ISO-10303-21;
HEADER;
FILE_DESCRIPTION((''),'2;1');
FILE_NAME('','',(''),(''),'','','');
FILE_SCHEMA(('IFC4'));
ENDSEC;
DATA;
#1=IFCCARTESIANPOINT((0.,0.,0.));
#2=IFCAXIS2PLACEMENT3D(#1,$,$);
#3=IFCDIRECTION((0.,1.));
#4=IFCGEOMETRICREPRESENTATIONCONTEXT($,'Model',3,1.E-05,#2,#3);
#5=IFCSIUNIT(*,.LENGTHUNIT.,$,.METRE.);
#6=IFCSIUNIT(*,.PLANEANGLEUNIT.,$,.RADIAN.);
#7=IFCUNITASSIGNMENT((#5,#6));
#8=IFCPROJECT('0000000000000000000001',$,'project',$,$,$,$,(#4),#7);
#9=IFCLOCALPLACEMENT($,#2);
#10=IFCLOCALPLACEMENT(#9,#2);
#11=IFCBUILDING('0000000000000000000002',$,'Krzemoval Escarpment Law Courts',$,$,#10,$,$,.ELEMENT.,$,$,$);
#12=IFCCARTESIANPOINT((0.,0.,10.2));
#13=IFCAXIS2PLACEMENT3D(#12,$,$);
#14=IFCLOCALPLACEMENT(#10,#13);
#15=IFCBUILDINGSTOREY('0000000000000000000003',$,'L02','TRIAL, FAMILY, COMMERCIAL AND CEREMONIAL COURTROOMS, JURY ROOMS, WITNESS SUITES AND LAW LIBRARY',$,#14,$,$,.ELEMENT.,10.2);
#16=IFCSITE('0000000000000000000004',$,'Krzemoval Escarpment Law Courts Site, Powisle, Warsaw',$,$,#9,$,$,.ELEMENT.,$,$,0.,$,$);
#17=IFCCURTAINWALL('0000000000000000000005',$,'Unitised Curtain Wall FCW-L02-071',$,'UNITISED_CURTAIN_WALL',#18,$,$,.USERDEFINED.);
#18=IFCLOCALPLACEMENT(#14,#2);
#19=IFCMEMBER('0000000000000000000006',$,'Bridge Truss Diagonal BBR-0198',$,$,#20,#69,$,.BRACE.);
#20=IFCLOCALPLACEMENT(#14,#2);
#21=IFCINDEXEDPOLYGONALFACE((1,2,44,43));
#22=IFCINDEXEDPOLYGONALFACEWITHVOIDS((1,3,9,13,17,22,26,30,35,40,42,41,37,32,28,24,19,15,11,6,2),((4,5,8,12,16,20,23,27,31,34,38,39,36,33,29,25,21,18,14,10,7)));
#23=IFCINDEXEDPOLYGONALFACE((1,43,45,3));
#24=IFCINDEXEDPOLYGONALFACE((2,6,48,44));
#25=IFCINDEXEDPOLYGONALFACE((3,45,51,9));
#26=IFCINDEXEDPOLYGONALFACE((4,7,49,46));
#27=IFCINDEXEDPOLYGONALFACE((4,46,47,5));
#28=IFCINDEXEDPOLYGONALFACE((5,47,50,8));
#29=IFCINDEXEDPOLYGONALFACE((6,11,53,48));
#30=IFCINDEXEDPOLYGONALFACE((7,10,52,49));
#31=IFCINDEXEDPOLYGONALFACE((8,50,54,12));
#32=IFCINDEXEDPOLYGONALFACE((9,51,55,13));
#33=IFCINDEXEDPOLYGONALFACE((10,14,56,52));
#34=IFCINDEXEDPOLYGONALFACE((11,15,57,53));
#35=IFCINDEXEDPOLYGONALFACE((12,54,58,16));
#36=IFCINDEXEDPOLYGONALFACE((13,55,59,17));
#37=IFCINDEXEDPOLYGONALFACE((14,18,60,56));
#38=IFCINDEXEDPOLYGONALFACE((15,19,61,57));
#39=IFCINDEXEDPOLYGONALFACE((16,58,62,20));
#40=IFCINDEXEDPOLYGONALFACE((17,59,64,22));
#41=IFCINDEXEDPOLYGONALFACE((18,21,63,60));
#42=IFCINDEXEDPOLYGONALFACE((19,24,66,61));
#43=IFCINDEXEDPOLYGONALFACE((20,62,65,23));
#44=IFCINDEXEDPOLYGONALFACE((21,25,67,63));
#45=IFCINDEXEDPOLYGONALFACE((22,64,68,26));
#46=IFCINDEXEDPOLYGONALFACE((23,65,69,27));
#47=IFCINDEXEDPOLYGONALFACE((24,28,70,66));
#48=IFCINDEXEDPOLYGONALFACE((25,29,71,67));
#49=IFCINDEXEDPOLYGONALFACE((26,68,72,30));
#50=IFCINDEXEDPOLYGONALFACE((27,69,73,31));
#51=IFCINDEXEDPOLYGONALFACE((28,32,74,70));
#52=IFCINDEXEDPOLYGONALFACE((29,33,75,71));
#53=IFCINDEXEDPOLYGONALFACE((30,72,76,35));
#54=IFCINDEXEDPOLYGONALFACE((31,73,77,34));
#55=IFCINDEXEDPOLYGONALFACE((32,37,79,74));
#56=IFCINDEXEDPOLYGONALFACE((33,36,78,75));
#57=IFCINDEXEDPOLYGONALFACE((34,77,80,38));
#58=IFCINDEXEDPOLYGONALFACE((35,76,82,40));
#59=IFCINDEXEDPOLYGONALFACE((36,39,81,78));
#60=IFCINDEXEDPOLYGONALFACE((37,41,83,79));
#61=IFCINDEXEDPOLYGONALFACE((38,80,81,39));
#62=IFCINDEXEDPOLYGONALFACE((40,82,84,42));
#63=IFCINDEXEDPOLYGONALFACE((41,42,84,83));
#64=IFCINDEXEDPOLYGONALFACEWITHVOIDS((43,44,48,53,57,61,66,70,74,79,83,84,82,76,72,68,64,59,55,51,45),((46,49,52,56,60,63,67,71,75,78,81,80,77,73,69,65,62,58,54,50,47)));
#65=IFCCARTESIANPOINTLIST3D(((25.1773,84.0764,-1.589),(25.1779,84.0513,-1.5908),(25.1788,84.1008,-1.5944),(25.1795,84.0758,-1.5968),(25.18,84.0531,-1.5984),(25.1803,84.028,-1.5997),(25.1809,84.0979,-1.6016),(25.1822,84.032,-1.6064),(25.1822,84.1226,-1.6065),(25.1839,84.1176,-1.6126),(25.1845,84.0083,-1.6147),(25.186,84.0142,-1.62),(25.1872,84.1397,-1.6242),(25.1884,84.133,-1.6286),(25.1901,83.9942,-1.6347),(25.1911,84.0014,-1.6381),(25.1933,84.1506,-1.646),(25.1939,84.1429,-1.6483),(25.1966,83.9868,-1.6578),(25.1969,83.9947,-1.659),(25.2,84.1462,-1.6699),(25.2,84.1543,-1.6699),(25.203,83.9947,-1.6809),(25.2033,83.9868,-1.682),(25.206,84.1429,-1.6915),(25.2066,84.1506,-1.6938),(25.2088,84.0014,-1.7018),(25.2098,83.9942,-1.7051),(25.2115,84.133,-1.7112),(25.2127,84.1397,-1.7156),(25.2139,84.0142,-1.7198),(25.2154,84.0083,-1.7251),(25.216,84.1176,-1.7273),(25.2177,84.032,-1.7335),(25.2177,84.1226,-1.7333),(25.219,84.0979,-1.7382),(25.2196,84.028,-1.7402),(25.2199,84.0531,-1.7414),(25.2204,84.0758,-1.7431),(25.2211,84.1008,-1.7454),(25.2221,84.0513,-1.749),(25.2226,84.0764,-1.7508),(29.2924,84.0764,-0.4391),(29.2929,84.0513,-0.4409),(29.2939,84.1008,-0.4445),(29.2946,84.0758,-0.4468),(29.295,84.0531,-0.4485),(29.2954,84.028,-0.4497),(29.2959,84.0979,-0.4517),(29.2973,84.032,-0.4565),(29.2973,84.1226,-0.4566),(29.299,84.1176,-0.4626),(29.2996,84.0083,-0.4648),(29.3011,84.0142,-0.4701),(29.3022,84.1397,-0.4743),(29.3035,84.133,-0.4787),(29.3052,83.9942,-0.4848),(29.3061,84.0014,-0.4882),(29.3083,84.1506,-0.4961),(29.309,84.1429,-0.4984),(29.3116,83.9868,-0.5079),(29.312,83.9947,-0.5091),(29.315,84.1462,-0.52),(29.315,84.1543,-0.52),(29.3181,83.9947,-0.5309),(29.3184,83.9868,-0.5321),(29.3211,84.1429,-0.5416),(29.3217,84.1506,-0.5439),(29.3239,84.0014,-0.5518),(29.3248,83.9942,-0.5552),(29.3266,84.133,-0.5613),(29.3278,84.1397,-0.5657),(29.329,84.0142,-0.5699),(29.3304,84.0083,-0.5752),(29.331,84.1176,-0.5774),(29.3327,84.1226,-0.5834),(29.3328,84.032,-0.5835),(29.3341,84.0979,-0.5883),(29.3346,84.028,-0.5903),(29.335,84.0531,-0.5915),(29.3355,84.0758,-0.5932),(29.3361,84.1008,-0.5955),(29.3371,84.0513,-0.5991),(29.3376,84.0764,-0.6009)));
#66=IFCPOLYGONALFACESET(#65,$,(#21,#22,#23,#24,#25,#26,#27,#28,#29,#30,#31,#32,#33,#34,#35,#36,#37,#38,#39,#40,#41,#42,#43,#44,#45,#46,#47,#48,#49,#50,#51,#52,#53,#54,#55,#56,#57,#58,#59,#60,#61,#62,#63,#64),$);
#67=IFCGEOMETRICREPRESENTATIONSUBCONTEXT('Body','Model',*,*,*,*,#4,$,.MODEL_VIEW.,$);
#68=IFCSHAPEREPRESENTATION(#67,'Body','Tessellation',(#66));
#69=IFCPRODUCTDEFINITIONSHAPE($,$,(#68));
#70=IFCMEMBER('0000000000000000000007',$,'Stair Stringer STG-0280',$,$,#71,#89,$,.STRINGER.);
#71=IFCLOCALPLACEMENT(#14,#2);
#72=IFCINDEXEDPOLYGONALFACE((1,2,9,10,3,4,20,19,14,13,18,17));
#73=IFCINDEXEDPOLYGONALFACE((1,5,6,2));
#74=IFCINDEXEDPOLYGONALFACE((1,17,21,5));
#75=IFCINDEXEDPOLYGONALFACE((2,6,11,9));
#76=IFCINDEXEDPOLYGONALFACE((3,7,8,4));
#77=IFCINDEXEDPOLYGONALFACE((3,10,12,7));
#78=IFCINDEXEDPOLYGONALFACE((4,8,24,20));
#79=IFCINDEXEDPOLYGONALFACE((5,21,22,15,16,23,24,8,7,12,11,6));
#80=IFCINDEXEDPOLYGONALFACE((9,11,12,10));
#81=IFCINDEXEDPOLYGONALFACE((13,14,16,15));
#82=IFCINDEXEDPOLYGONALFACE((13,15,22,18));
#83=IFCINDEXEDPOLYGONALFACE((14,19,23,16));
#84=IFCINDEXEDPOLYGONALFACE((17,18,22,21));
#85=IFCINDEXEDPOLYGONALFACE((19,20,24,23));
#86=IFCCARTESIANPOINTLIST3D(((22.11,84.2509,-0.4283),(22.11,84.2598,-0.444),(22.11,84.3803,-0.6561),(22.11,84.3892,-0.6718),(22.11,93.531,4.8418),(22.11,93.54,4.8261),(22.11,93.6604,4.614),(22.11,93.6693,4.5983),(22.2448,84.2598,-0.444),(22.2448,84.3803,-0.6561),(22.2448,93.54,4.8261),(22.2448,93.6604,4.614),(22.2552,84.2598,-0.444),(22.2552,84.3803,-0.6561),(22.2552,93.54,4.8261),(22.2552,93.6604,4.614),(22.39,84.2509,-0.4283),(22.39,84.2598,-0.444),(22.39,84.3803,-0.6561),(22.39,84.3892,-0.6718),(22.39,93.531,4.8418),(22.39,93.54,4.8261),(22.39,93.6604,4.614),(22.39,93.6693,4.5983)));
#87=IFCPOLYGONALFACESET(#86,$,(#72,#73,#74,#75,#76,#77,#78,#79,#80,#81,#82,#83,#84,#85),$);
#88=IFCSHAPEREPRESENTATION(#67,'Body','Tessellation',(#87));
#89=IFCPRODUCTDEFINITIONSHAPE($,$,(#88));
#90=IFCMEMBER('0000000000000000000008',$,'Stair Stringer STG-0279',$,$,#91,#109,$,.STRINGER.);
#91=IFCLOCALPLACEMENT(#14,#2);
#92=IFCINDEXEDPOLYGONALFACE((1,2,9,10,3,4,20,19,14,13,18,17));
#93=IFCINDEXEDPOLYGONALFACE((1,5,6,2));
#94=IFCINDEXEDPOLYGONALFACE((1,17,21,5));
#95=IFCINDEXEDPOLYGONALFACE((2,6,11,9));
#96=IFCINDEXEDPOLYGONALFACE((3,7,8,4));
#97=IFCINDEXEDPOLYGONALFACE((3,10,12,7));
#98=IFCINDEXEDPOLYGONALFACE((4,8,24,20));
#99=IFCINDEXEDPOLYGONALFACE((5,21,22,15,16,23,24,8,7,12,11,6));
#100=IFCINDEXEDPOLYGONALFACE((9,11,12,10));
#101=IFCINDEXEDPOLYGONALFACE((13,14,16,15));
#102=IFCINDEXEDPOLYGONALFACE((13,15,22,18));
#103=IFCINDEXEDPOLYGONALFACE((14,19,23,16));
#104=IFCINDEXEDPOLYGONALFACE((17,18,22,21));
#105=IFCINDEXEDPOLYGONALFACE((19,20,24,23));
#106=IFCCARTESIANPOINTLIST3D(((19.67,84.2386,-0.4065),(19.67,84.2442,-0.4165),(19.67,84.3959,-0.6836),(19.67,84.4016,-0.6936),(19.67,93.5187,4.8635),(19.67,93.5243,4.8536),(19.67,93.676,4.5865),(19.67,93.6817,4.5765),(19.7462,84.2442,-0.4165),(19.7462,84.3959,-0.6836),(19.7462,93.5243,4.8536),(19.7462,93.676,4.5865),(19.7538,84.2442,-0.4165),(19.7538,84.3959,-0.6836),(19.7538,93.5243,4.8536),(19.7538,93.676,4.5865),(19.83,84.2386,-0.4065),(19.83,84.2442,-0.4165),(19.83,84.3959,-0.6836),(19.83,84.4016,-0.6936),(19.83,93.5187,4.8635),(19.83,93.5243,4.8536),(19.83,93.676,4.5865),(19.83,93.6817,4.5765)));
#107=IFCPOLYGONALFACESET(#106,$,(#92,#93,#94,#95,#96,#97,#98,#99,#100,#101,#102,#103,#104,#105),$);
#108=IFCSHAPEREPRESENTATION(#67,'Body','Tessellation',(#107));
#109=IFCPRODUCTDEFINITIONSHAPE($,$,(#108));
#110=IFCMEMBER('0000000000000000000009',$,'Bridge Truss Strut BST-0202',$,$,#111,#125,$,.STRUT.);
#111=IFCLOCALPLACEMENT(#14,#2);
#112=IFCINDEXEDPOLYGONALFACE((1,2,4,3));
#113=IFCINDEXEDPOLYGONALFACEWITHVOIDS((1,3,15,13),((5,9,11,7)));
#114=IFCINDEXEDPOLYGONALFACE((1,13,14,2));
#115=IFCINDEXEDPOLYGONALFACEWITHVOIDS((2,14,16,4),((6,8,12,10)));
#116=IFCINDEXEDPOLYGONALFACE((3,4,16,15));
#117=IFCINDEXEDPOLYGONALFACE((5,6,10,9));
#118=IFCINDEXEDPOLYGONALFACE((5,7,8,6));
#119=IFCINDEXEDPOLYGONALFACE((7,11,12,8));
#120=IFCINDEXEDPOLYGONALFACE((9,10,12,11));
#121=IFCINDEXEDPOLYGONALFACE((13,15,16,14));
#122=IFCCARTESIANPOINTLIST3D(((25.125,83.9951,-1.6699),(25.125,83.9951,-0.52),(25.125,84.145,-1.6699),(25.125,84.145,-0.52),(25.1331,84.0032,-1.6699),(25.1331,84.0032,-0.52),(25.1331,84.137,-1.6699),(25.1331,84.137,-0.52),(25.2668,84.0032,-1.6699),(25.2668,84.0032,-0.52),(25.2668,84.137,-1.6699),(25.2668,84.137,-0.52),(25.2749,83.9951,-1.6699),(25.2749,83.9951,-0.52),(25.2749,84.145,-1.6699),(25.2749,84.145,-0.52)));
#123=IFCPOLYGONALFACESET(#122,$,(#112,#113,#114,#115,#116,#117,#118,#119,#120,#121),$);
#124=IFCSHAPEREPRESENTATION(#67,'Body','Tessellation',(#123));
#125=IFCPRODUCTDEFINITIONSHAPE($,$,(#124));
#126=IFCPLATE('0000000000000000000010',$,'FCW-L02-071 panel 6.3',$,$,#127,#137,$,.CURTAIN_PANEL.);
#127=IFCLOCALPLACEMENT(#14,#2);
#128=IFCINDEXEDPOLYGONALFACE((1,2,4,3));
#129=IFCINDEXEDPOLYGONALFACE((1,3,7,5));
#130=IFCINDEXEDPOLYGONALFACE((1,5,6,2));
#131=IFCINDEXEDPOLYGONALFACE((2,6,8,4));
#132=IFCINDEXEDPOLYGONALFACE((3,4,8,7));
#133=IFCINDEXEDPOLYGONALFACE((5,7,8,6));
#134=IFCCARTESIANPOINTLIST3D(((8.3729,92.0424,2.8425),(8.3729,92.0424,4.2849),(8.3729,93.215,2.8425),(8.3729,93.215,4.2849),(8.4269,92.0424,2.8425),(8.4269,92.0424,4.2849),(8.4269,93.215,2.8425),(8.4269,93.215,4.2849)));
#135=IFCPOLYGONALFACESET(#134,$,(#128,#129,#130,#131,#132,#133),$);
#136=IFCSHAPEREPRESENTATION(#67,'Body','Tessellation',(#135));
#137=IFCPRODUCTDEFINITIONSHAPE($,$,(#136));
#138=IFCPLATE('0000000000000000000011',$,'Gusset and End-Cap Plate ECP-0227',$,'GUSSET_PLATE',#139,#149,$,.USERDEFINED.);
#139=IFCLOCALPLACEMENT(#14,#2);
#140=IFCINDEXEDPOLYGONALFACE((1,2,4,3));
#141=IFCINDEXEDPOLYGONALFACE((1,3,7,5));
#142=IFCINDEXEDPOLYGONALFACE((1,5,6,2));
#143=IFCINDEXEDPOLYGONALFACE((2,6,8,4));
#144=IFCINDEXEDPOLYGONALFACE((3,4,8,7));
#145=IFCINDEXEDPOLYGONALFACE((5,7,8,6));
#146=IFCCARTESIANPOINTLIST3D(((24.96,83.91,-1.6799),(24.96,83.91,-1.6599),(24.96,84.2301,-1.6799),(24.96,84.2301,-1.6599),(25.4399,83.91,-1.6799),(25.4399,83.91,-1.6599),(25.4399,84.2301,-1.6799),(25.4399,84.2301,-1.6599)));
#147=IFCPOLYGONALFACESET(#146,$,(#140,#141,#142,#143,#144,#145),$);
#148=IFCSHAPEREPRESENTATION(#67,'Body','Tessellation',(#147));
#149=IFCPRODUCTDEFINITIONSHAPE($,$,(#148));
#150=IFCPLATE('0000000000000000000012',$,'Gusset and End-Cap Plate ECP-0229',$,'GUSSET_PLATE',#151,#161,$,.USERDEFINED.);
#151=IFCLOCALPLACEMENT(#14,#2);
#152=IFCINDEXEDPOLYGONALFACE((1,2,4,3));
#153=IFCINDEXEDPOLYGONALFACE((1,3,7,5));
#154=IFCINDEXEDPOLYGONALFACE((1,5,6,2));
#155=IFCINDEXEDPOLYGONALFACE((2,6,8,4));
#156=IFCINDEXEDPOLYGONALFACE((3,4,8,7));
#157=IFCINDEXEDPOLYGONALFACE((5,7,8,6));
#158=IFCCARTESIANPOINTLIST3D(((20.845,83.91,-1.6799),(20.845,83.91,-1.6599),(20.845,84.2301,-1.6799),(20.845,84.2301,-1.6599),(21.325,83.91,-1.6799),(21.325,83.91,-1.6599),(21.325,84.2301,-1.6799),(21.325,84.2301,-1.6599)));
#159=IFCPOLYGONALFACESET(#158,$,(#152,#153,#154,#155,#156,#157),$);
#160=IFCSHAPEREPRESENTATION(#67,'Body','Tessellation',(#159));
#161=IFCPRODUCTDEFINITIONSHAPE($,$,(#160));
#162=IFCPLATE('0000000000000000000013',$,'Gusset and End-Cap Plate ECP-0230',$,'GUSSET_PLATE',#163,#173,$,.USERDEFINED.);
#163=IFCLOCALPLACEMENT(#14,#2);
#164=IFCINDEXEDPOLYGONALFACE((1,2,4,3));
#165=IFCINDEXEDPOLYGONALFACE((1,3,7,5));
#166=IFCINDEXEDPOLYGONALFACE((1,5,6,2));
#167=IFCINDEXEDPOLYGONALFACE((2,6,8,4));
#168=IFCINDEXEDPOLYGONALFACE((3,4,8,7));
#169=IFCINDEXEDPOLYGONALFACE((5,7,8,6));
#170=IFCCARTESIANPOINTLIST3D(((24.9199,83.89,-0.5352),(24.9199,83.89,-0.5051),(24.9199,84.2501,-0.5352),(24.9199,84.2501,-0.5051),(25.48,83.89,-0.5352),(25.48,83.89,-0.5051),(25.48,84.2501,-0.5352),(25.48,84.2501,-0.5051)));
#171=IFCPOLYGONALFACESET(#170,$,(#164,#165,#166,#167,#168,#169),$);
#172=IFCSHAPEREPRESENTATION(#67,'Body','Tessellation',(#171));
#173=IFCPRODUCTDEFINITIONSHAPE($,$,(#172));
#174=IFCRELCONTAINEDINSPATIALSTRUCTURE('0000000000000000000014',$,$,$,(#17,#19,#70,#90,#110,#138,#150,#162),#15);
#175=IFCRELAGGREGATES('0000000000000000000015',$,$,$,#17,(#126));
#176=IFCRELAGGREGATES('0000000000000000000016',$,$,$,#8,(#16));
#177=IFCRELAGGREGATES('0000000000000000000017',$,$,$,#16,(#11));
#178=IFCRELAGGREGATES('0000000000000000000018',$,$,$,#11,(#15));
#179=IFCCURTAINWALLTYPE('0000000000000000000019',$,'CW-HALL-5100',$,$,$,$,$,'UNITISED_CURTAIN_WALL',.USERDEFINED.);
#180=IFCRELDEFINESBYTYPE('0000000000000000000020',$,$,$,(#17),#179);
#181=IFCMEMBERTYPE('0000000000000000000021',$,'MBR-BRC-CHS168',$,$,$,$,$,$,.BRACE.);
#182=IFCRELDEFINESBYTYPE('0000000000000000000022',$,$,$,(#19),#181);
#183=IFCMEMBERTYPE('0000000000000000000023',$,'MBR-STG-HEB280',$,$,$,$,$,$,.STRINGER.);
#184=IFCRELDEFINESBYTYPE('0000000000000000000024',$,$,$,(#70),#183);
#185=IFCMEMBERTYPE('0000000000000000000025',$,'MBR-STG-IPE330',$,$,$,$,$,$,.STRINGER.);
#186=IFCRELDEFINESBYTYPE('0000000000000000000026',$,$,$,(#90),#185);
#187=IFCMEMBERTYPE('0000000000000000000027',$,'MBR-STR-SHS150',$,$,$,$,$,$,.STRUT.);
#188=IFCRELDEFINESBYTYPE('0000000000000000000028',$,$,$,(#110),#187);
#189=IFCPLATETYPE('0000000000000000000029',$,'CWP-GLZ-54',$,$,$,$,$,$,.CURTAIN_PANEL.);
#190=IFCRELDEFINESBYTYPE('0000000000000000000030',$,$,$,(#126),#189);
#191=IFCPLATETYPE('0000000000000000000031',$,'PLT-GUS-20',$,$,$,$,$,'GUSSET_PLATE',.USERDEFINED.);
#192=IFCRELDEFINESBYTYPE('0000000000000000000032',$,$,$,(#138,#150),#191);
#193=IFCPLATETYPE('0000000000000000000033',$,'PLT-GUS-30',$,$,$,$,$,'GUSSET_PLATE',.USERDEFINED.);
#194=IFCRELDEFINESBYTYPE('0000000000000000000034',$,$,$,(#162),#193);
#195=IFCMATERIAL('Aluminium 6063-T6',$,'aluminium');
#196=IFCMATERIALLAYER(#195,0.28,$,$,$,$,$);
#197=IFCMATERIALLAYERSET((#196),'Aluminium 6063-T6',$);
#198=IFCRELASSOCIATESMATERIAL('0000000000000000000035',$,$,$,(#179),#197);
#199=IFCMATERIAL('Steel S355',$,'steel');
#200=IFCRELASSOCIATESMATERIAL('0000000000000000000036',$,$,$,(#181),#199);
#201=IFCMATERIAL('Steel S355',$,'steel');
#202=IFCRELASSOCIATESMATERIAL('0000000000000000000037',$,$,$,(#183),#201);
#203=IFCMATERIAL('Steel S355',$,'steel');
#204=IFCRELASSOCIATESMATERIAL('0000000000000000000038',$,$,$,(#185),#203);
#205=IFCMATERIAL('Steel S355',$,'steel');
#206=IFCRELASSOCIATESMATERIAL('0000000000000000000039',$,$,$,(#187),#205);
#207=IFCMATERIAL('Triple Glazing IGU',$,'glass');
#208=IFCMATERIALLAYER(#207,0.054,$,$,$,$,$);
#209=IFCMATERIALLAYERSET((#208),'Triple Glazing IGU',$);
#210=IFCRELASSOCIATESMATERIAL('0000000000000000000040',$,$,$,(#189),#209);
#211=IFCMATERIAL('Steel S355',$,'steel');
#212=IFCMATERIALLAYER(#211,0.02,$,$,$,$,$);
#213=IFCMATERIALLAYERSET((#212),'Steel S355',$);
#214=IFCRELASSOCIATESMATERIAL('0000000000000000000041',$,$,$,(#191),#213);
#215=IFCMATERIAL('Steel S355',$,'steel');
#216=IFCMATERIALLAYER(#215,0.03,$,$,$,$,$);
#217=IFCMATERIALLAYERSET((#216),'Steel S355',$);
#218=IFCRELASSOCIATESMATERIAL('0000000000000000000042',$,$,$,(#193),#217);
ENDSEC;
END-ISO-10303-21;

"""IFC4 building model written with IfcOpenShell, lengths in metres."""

from ifc_helpers import new_model, si_unit, direction, frame, origin, origin_2d, place, context, subcontext, project, spatial, rectangle, hollow_rectangle, hollow_circle, i_section, extrude, material, layer, layer_set, material_profile, profile_set, type_object, element, aggregate, save


model = new_model("IFC4")

# Units and contexts
model_context = context("Model", 3, precision=1e-05, world=origin(), true_north=direction((0.0, 1.0)))
body_context = subcontext(model_context, "Body", "Model", "MODEL_VIEW")
ifc_project = project(units=[si_unit("LENGTHUNIT", "METRE"), si_unit("PLANEANGLEUNIT", "RADIAN")], contexts=[model_context])

# Site, building, storey
site_placement = place(None, origin())
site = spatial("IfcSite", under=ifc_project, at=site_placement, Name="Krzemoval Escarpment Law Courts Site, Powisle, Warsaw", CompositionType="ELEMENT", RefElevation=0.0)
building_placement = place(site_placement, origin())
building = spatial("IfcBuilding", under=site, at=building_placement, Name="Krzemoval Escarpment Law Courts", CompositionType="ELEMENT")
storey_placement = place(building_placement, frame((0.0, 0.0, 10.2)))
storey = spatial("IfcBuildingStorey", under=building, at=storey_placement, Name="L02", Description="TRIAL, FAMILY, COMMERCIAL AND CEREMONIAL COURTROOMS, JURY ROOMS, WITNESS SUITES AND LAW LIBRARY", CompositionType="ELEMENT", Elevation=10.2)

# Curtain wall
ifc_material_1 = material(Name="Aluminium 6063-T6", Category="aluminium")
ifc_layer_1 = layer(ifc_material_1, 0.28)
ifc_layer_set_1 = layer_set([ifc_layer_1], Name="Aluminium 6063-T6")
curtain_wall_type = type_object("IfcCurtainWallType", Name="CW-HALL-5100", ElementType="UNITISED_CURTAIN_WALL", PredefinedType="USERDEFINED", material=ifc_layer_set_1)
curtain_wall_placement = place(storey_placement, origin())
curtain_wall = element("IfcCurtainWall", 1, at=curtain_wall_placement, inside=storey, type_object=curtain_wall_type, Name="Unitised Curtain Wall FCW-L02-071", ObjectType="UNITISED_CURTAIN_WALL", PredefinedType="USERDEFINED")

# Members
ifc_material_2 = material(Name="Steel S355", Category="steel")
ifc_material_profile_1 = material_profile(ifc_material_2, hollow_circle(Radius=0.0842, WallThickness=0.0081, at=origin_2d()), Name="CHS 168.3x8")
ifc_profile_set_1 = profile_set([ifc_material_profile_1], Name="Steel S355")
member_type_1 = type_object("IfcMemberType", Name="MBR-BRC-CHS168", PredefinedType="BRACE", material=ifc_profile_set_1)
member_1_placement = place(storey_placement, frame((25.2, 84.0701, -1.6699), z_axis=(0.963103, 0.0, 0.269132), x_axis=(0.0, 1.0, 0.0)))
element("IfcMember", 2, at=member_1_placement, inside=storey, type_object=member_type_1, Name="Bridge Truss Diagonal BBR-0198", PredefinedType="BRACE", context=body_context, shape_type="SweptSolid", body=[
    extrude(hollow_circle(Radius=0.0842, WallThickness=0.0081, at=origin_2d()), origin(), (0.0, 0.0, 1.0), 4.2727),
])
ifc_material_3 = material(Name="Steel S355", Category="steel")
ifc_material_profile_2 = material_profile(ifc_material_3, i_section(OverallWidth=0.28, OverallDepth=0.28, WebThickness=0.0105, FlangeThickness=0.0181, at=origin_2d()), Name="HEB 280")
ifc_profile_set_2 = profile_set([ifc_material_profile_2], Name="Steel S355")
member_type_2 = type_object("IfcMemberType", Name="MBR-STG-HEB280", PredefinedType="STRINGER", material=ifc_profile_set_2)
member_2_placement = place(storey_placement, frame((22.25, 84.3201, -0.55), z_axis=(0.0, 0.869566, 0.493816), x_axis=(-1.0, 0.0, 0.0)))
element("IfcMember", 3, at=member_2_placement, inside=storey, type_object=member_type_2, Name="Stair Stringer STG-0280", PredefinedType="STRINGER", context=body_context, shape_type="SweptSolid", body=[
    extrude(i_section(OverallWidth=0.28, OverallDepth=0.28, WebThickness=0.0105, FlangeThickness=0.0181, at=origin_2d()), origin(), (0.0, 0.0, 1.0), 10.6721),
])
ifc_material_4 = material(Name="Steel S355", Category="steel")
ifc_material_profile_3 = material_profile(ifc_material_4, i_section(OverallWidth=0.1599, OverallDepth=0.3301, WebThickness=0.0076, FlangeThickness=0.0115, at=origin_2d()), Name="IPE 330")
ifc_profile_set_3 = profile_set([ifc_material_profile_3], Name="Steel S355")
member_type_3 = type_object("IfcMemberType", Name="MBR-STG-IPE330", PredefinedType="STRINGER", material=ifc_profile_set_3)
member_3_placement = place(storey_placement, frame((19.75, 84.3201, -0.55), z_axis=(0.0, 0.869566, 0.493816), x_axis=(-1.0, 0.0, 0.0)))
element("IfcMember", 4, at=member_3_placement, inside=storey, type_object=member_type_3, Name="Stair Stringer STG-0279", PredefinedType="STRINGER", context=body_context, shape_type="SweptSolid", body=[
    extrude(i_section(OverallWidth=0.1599, OverallDepth=0.3301, WebThickness=0.0076, FlangeThickness=0.0115, at=origin_2d()), origin(), (0.0, 0.0, 1.0), 10.6721),
])
ifc_material_5 = material(Name="Steel S355", Category="steel")
ifc_material_profile_4 = material_profile(ifc_material_5, hollow_rectangle(XDim=0.1499, YDim=0.1499, WallThickness=0.0081, at=origin_2d()), Name="SHS 150x150x8")
ifc_profile_set_4 = profile_set([ifc_material_profile_4], Name="Steel S355")
member_type_4 = type_object("IfcMemberType", Name="MBR-STR-SHS150", PredefinedType="STRUT", material=ifc_profile_set_4)
member_4_placement = place(storey_placement, frame((25.2, 84.0701, -1.6699), z_axis=(0.0, 0.0, 1.0), x_axis=(1.0, 0.0, 0.0)))
element("IfcMember", 5, at=member_4_placement, inside=storey, type_object=member_type_4, Name="Bridge Truss Strut BST-0202", PredefinedType="STRUT", context=body_context, shape_type="SweptSolid", body=[
    extrude(hollow_rectangle(XDim=0.1499, YDim=0.1499, WallThickness=0.0081, at=origin_2d()), origin(), (0.0, 0.0, 1.0), 1.1499),
])

# Plate
ifc_material_6 = material(Name="Triple Glazing IGU", Category="glass")
ifc_layer_2 = layer(ifc_material_6, 0.054)
ifc_layer_set_2 = layer_set([ifc_layer_2], Name="Triple Glazing IGU")
plate_type_1 = type_object("IfcPlateType", Name="CWP-GLZ-54", PredefinedType="CURTAIN_PANEL", material=ifc_layer_set_2)
plate_1_placement = place(storey_placement, frame((8.3999, 92.6287, 2.8425), z_axis=(0.0, 0.0, 1.0), x_axis=(0.0, 1.0, 0.0)))
plate_1 = element("IfcPlate", 6, at=plate_1_placement, type_object=plate_type_1, Name="FCW-L02-071 panel 6.3", PredefinedType="CURTAIN_PANEL", context=body_context, shape_type="SweptSolid", body=[
    extrude(rectangle(XDim=1.1726, YDim=0.054, at=origin_2d()), origin(), (0.0, 0.0, 1.0), 1.4424),
])
aggregate(curtain_wall, [plate_1])

# Plates
ifc_material_7 = material(Name="Steel S355", Category="steel")
ifc_layer_3 = layer(ifc_material_7, 0.02)
ifc_layer_set_3 = layer_set([ifc_layer_3], Name="Steel S355")
plate_type_2 = type_object("IfcPlateType", Name="PLT-GUS-20", ElementType="GUSSET_PLATE", PredefinedType="USERDEFINED", material=ifc_layer_set_3)
for number, where, z_axis, x_axis, name in (
    (7, (25.2, 84.0701, -1.6799), (0.0, 0.0, 1.0), (1.0, 0.0, 0.0), "Gusset and End-Cap Plate ECP-0227"),
    (8, (21.085, 84.0701, -1.6799), (0.0, 0.0, 1.0), (1.0, 0.0, 0.0), "Gusset and End-Cap Plate ECP-0229"),
):
    element("IfcPlate", number, at=place(storey_placement, frame(where, z_axis=z_axis, x_axis=x_axis)), inside=storey, type_object=plate_type_2, Name=name, ObjectType="GUSSET_PLATE", PredefinedType="USERDEFINED", context=body_context, shape_type="SweptSolid", body=[
        extrude(rectangle(XDim=0.48, YDim=0.3201, at=origin_2d()), origin(), (0.0, 0.0, 1.0), 0.02),
    ])
ifc_material_8 = material(Name="Steel S355", Category="steel")
ifc_layer_4 = layer(ifc_material_8, 0.03)
ifc_layer_set_4 = layer_set([ifc_layer_4], Name="Steel S355")
plate_type_3 = type_object("IfcPlateType", Name="PLT-GUS-30", ElementType="GUSSET_PLATE", PredefinedType="USERDEFINED", material=ifc_layer_set_4)
plate_2_placement = place(storey_placement, frame((25.2, 84.0701, -0.5352), z_axis=(0.0, 0.0, 1.0), x_axis=(1.0, 0.0, 0.0)))
element("IfcPlate", 9, at=plate_2_placement, inside=storey, type_object=plate_type_3, Name="Gusset and End-Cap Plate ECP-0230", ObjectType="GUSSET_PLATE", PredefinedType="USERDEFINED", context=body_context, shape_type="SweptSolid", body=[
    extrude(rectangle(XDim=0.5601, YDim=0.3601, at=origin_2d()), origin(), (0.0, 0.0, 1.0), 0.03),
])

save(model, "model.ifc")
